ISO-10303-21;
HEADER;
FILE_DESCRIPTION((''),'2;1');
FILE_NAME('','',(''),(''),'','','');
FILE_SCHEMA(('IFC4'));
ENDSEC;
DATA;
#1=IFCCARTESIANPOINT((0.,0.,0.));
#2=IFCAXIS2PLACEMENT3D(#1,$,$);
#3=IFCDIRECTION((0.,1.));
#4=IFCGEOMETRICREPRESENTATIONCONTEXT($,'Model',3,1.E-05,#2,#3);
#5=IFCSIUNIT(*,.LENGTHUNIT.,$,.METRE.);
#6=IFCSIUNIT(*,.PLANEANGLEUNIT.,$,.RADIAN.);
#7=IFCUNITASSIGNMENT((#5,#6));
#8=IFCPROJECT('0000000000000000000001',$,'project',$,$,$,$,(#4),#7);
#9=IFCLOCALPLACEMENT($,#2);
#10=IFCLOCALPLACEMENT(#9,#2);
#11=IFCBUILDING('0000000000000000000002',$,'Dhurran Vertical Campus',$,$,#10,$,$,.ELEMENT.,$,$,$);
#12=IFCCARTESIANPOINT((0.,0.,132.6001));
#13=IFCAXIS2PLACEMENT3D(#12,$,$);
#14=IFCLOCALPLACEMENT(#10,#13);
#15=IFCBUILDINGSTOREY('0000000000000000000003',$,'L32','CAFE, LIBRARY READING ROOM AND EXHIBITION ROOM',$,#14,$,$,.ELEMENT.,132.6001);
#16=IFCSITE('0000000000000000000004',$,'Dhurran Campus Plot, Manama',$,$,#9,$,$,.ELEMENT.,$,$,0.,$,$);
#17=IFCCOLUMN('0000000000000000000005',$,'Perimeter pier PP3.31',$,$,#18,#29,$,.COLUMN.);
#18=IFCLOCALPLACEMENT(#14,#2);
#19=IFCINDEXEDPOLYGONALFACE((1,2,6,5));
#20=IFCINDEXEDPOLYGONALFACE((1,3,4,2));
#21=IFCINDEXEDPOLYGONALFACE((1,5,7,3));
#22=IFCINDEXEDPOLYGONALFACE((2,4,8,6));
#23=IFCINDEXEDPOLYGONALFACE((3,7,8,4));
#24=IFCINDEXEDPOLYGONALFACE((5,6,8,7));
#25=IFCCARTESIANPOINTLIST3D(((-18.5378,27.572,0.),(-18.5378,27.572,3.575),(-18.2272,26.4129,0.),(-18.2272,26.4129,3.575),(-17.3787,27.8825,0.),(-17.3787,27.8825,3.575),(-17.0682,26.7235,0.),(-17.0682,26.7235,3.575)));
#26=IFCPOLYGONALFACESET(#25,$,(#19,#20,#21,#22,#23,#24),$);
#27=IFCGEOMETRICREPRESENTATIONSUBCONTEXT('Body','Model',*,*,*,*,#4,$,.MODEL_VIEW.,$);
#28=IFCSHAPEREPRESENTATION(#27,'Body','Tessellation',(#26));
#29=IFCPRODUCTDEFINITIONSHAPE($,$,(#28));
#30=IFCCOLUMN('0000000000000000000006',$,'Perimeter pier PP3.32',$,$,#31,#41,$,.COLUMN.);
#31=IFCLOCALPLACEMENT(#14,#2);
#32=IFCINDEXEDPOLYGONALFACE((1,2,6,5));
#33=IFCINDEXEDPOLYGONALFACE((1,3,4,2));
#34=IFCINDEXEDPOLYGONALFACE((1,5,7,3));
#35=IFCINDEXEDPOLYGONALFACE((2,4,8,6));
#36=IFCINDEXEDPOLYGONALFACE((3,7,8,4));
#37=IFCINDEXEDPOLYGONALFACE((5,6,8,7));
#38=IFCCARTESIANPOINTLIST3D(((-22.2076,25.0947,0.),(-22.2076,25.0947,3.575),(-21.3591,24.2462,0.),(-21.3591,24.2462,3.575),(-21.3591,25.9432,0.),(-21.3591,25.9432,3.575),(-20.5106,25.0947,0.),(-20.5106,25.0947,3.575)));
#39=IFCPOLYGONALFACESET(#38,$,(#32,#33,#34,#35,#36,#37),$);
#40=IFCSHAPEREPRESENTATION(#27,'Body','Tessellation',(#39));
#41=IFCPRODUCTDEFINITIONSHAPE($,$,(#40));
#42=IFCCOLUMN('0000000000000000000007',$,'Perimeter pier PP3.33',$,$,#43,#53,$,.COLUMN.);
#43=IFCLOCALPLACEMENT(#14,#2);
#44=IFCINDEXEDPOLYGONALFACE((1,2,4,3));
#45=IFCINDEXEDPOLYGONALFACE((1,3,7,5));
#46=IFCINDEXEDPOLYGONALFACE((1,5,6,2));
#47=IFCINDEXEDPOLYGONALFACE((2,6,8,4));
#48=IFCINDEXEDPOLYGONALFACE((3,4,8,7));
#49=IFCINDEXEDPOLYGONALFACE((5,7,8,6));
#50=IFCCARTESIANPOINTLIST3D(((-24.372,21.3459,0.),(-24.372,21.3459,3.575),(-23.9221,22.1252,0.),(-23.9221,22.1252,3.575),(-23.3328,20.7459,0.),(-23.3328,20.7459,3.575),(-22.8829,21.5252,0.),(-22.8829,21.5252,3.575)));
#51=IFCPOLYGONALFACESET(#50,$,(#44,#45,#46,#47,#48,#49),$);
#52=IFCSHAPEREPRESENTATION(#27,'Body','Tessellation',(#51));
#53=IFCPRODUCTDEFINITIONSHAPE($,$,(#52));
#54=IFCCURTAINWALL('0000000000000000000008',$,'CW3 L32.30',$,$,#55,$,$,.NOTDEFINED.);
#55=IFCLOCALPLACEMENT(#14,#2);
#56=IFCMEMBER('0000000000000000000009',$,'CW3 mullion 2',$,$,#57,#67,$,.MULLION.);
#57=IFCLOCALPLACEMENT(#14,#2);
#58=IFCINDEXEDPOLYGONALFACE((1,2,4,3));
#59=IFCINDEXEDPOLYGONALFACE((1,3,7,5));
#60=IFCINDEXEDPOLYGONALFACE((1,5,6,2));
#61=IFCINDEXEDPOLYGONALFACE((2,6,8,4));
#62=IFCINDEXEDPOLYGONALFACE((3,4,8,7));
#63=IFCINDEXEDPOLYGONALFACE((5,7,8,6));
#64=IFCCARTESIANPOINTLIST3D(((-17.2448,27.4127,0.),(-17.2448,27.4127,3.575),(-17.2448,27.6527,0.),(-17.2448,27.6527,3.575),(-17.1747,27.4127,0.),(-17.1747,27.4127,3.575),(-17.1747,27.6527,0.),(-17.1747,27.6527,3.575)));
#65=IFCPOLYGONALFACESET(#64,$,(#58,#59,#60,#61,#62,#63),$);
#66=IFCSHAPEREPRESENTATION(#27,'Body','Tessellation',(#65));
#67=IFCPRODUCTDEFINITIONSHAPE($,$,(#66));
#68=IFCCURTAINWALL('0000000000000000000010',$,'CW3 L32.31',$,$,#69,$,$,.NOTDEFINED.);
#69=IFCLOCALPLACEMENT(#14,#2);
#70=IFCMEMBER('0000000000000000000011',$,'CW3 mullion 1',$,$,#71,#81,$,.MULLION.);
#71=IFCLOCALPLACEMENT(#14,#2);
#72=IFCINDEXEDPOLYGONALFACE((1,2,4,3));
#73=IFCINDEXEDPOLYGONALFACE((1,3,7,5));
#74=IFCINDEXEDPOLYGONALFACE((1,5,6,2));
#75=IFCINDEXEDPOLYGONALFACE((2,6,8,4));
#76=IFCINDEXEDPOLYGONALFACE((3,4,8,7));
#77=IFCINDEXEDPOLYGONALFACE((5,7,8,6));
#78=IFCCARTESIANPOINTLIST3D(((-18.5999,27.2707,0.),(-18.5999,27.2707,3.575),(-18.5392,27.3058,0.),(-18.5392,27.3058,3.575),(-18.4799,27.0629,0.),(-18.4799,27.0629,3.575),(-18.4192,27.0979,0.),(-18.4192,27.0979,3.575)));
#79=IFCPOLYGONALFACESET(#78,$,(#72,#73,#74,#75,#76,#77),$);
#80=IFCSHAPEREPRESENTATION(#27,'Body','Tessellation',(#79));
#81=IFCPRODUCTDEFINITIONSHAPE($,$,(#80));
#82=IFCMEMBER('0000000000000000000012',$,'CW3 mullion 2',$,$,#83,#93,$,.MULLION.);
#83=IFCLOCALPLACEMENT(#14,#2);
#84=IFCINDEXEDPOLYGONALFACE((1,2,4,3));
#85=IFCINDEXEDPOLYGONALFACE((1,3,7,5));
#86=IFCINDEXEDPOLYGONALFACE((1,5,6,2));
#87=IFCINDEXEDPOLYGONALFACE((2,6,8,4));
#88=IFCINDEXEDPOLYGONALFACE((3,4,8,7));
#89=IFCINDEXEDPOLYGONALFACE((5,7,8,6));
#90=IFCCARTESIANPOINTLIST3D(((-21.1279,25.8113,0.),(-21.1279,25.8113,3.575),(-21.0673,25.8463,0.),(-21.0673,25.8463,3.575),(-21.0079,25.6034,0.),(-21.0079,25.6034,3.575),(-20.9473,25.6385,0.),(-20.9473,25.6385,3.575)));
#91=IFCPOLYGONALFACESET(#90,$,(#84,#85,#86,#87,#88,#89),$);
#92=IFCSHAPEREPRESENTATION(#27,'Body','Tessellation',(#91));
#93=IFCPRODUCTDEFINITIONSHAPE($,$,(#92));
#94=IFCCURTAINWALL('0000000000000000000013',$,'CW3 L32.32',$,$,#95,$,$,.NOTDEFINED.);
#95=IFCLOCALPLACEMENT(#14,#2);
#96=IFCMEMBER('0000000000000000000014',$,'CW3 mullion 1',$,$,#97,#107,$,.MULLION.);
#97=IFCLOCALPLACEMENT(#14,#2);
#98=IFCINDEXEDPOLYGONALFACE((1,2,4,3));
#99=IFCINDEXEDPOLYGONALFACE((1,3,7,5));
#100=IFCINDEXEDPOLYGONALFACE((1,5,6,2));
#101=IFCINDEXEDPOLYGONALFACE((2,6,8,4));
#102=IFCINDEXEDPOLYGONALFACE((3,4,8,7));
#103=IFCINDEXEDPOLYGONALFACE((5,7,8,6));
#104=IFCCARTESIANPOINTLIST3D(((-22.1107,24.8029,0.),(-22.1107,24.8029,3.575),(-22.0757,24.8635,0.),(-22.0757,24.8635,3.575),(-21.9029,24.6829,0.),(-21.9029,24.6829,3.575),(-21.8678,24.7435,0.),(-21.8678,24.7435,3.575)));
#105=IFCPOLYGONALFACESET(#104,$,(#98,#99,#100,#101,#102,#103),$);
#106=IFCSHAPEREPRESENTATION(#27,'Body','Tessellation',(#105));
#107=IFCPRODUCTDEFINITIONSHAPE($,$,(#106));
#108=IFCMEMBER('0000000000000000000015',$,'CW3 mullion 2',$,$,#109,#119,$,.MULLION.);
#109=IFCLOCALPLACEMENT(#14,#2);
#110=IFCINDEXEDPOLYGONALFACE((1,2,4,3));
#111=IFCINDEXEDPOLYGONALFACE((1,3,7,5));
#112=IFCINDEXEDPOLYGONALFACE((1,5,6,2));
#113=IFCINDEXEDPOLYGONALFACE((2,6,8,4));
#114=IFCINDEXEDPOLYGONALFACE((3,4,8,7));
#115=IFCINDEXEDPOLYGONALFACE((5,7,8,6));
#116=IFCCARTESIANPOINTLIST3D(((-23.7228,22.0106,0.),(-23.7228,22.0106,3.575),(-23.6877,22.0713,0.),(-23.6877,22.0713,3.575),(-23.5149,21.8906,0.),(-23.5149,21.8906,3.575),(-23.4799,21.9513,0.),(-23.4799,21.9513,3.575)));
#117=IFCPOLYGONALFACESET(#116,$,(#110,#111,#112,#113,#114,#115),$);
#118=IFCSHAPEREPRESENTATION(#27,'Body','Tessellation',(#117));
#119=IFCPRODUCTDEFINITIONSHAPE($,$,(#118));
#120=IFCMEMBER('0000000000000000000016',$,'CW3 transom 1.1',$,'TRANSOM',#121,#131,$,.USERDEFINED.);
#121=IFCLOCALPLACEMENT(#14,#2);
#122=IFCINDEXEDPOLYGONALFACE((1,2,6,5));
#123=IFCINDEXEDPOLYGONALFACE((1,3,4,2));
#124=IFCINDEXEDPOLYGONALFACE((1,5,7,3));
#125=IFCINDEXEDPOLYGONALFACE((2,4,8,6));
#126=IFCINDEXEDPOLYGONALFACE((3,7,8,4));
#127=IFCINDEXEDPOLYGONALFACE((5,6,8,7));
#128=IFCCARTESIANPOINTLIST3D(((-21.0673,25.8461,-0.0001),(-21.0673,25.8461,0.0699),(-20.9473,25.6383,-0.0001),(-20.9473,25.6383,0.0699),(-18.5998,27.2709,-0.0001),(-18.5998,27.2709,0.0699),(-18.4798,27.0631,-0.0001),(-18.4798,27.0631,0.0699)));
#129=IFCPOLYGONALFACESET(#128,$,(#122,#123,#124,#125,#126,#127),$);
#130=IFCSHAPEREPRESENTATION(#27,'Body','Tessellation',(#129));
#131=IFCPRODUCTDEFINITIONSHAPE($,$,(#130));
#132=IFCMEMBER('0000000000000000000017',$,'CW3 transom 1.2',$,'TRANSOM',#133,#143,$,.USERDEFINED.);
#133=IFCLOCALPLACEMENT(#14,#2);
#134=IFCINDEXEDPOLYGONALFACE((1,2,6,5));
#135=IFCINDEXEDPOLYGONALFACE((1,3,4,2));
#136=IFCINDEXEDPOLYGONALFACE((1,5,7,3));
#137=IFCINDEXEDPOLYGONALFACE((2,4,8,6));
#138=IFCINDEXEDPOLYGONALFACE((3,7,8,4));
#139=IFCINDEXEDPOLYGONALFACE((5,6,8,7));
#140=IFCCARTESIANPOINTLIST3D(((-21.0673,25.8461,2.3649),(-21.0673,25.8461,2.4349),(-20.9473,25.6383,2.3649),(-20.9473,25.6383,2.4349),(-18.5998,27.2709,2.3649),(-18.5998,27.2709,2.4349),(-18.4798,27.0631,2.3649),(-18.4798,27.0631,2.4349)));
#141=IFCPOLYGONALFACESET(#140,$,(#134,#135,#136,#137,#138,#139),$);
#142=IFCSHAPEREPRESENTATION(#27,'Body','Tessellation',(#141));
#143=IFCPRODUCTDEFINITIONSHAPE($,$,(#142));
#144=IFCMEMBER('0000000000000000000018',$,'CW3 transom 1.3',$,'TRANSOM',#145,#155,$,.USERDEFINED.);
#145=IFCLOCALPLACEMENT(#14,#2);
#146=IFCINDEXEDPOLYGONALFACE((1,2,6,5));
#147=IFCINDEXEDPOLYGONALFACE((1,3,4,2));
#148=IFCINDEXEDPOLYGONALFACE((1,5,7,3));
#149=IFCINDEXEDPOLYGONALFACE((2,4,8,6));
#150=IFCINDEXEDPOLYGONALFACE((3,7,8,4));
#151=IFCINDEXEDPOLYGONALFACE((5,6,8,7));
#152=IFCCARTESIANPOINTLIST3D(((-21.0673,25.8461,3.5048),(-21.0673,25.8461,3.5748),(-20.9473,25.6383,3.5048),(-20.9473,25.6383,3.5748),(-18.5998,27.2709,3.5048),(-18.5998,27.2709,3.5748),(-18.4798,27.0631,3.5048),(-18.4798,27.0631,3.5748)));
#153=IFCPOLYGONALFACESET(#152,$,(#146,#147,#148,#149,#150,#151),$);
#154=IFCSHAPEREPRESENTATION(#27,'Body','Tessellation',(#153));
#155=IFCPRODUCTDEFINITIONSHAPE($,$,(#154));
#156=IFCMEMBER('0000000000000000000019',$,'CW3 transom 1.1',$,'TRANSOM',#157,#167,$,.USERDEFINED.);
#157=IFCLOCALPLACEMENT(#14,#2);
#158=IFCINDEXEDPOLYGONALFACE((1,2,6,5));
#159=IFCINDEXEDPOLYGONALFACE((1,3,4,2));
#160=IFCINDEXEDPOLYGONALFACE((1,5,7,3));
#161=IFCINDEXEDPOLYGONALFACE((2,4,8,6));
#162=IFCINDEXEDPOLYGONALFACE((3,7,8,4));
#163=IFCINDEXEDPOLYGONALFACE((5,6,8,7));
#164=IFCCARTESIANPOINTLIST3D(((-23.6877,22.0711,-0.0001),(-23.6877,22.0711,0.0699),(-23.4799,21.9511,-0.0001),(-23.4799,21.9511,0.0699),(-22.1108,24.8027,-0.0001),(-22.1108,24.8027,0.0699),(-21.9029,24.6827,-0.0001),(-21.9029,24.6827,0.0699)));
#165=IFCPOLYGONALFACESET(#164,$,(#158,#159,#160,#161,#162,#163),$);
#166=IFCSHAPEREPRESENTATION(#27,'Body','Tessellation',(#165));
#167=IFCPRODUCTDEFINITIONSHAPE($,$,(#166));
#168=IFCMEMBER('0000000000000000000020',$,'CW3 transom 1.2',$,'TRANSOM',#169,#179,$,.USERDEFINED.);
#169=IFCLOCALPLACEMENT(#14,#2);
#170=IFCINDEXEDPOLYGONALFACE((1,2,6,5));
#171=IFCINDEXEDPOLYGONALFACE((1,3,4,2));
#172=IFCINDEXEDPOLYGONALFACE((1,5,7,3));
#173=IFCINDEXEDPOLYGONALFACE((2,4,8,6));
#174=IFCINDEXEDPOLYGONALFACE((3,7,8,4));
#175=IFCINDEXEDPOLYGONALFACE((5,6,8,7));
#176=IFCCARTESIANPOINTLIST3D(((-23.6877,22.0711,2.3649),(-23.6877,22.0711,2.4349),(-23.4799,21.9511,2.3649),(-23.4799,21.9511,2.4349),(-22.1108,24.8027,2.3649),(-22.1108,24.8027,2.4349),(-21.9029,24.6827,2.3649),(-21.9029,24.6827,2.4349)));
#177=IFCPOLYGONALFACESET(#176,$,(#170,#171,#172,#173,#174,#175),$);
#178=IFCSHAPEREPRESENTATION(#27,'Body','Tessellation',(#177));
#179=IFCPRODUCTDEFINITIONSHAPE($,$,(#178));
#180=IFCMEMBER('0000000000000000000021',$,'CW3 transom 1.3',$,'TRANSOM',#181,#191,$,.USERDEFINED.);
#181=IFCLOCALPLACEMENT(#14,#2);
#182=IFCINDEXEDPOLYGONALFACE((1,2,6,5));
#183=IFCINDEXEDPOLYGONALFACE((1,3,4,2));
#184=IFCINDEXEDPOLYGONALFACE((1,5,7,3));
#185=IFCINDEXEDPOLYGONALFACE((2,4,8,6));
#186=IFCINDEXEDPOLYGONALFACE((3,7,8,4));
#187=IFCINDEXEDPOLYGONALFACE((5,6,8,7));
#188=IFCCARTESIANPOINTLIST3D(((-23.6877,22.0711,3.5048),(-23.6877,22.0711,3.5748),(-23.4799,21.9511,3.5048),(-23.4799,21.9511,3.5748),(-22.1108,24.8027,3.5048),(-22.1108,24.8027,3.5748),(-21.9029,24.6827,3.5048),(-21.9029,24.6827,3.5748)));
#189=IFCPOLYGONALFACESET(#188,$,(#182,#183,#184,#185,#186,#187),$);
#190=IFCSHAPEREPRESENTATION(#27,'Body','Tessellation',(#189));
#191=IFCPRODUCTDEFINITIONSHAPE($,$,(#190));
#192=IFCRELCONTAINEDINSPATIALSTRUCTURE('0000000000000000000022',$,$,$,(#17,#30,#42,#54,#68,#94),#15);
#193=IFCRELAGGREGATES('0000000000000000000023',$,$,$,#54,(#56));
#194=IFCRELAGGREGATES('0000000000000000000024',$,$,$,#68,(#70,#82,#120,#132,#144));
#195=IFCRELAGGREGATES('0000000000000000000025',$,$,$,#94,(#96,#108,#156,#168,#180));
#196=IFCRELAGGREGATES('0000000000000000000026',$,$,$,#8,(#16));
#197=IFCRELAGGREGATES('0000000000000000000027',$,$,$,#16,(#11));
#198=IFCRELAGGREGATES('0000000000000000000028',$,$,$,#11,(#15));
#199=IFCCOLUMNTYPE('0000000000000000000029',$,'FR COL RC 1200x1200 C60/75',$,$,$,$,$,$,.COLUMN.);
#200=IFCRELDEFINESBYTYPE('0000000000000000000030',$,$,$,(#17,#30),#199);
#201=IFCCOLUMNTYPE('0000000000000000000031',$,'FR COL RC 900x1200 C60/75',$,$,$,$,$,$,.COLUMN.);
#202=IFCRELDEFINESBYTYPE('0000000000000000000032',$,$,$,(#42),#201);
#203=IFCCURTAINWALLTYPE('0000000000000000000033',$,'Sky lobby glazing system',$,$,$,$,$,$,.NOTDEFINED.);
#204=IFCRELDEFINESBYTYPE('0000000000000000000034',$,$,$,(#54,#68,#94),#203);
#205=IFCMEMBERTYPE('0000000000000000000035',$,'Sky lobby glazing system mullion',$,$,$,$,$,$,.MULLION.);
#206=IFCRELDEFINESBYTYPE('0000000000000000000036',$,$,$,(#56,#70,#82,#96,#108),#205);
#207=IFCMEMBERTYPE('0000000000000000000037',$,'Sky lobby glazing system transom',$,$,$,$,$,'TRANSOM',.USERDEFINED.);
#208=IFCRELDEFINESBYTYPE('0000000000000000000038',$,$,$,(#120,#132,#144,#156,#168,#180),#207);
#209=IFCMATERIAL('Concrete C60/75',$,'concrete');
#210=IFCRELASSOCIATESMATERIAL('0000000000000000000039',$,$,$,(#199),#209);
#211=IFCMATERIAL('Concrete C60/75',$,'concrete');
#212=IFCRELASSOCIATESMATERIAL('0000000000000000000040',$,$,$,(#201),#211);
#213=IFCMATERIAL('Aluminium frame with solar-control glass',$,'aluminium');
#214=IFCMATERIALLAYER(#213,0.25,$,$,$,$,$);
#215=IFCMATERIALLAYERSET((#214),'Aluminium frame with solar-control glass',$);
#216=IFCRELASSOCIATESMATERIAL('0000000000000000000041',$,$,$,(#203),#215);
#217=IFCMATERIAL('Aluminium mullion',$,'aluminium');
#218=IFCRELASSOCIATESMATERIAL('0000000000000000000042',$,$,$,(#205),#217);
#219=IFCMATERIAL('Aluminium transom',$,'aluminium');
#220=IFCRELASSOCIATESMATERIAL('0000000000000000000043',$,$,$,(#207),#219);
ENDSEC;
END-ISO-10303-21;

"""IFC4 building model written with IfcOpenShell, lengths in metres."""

from ifc_helpers import new_model, si_unit, direction, frame, origin, origin_2d, place, context, subcontext, project, spatial, rectangle, extrude, material, layer, layer_set, material_profile, profile_set, type_object, element, aggregate, save


model = new_model("IFC4")

# Units and contexts
model_context = context("Model", 3, precision=1e-05, world=origin(), true_north=direction((0.0, 1.0)))
body_context = subcontext(model_context, "Body", "Model", "MODEL_VIEW")
ifc_project = project(units=[si_unit("LENGTHUNIT", "METRE"), si_unit("PLANEANGLEUNIT", "RADIAN")], contexts=[model_context])

# Site, building, storey
site_placement = place(None, origin())
site = spatial("IfcSite", under=ifc_project, at=site_placement, Name="Dhurran Campus Plot, Manama", CompositionType="ELEMENT", RefElevation=0.0)
building_placement = place(site_placement, origin())
building = spatial("IfcBuilding", under=site, at=building_placement, Name="Dhurran Vertical Campus", CompositionType="ELEMENT")
storey_placement = place(building_placement, frame((0.0, 0.0, 132.6001)))
storey = spatial("IfcBuildingStorey", under=building, at=storey_placement, Name="L32", Description="CAFE, LIBRARY READING ROOM AND EXHIBITION ROOM", CompositionType="ELEMENT", Elevation=132.6001)

# Columns
ifc_material_1 = material(Name="Concrete C60/75", Category="concrete")
ifc_material_profile_1 = material_profile(ifc_material_1, rectangle(XDim=1.2, YDim=1.2, at=origin_2d()), Name="RC 1200x1200")
ifc_profile_set_1 = profile_set([ifc_material_profile_1], Name="Concrete C60/75")
column_type_1 = type_object("IfcColumnType", Name="FR COL RC 1200x1200 C60/75", PredefinedType="COLUMN", material=ifc_profile_set_1)
for number, where, z_axis, x_axis, name in (
    (1, (-17.803, 27.1477, 0.0), (0.0, 0.0, 1.0), (-0.965926, -0.258819, 0.0), "Perimeter pier PP3.31"),
    (2, (-21.3591, 25.0947, 0.0), (0.0, 0.0, 1.0), (-0.707107, -0.707107, 0.0), "Perimeter pier PP3.32"),
):
    element("IfcColumn", number, at=place(storey_placement, frame(where, z_axis=z_axis, x_axis=x_axis)), inside=storey, type_object=column_type_1, Name=name, PredefinedType="COLUMN", context=body_context, shape_type="SweptSolid", body=[
        extrude(rectangle(XDim=1.2, YDim=1.2, at=origin_2d()), origin(), (0.0, 0.0, 1.0), 3.575),
    ])
ifc_material_2 = material(Name="Concrete C60/75", Category="concrete")
ifc_material_profile_2 = material_profile(ifc_material_2, rectangle(XDim=0.8999, YDim=1.2, at=origin_2d()), Name="RC 900x1200")
ifc_profile_set_2 = profile_set([ifc_material_profile_2], Name="Concrete C60/75")
column_type_2 = type_object("IfcColumnType", Name="FR COL RC 900x1200 C60/75", PredefinedType="COLUMN", material=ifc_profile_set_2)
column_placement = place(storey_placement, frame((-23.6274, 21.4355, 0.0), z_axis=(0.0, 0.0, 1.0), x_axis=(-0.5, -0.866025, 0.0)))
element("IfcColumn", 3, at=column_placement, inside=storey, type_object=column_type_2, Name="Perimeter pier PP3.33", PredefinedType="COLUMN", context=body_context, shape_type="SweptSolid", body=[
    extrude(rectangle(XDim=0.8999, YDim=1.2, at=origin_2d()), origin(), (0.0, 0.0, 1.0), 3.575),
])

# Curtain wall, member
ifc_material_3 = material(Name="Aluminium frame with solar-control glass", Category="aluminium")
ifc_layer_1 = layer(ifc_material_3, 0.25)
ifc_layer_set_1 = layer_set([ifc_layer_1], Name="Aluminium frame with solar-control glass")
curtain_wall_type = type_object("IfcCurtainWallType", Name="Sky lobby glazing system", PredefinedType="NOTDEFINED", material=ifc_layer_set_1)
curtain_wall_1_placement = place(storey_placement, origin())
curtain_wall_1 = element("IfcCurtainWall", 4, at=curtain_wall_1_placement, inside=storey, type_object=curtain_wall_type, Name="CW3 L32.30", PredefinedType="NOTDEFINED")
ifc_material_4 = material(Name="Aluminium mullion", Category="aluminium")
ifc_material_profile_3 = material_profile(ifc_material_4, rectangle(XDim=0.24, YDim=0.0701, at=origin_2d()), Name="Sky lobby glazing system mullion")
ifc_profile_set_3 = profile_set([ifc_material_profile_3], Name="Aluminium mullion")
member_type_1 = type_object("IfcMemberType", Name="Sky lobby glazing system mullion", PredefinedType="MULLION", material=ifc_profile_set_3)
member_1_placement = place(storey_placement, frame((-17.2097, 27.5327, 0.0), z_axis=(0.0, 0.0, 1.0), x_axis=(0.0, -1.0, 0.0)))
member_1 = element("IfcMember", 5, at=member_1_placement, type_object=member_type_1, Name="CW3 mullion 2", PredefinedType="MULLION", context=body_context, shape_type="SweptSolid", body=[
    extrude(rectangle(XDim=0.24, YDim=0.0701, at=origin_2d()), origin(), (0.0, 0.0, 1.0), 3.575),
])
aggregate(curtain_wall_1, [member_1])

# Curtain walls, members
curtain_wall_2_placement = place(storey_placement, origin())
curtain_wall_2 = element("IfcCurtainWall", 6, at=curtain_wall_2_placement, inside=storey, type_object=curtain_wall_type, Name="CW3 L32.31", PredefinedType="NOTDEFINED")
member_2_placement = place(storey_placement, frame((-18.5095, 27.1843, 0.0), z_axis=(0.0, 0.0, 1.0), x_axis=(0.500003, -0.866023, 0.0)))
member_2 = element("IfcMember", 7, at=member_2_placement, type_object=member_type_1, Name="CW3 mullion 1", PredefinedType="MULLION", context=body_context, shape_type="SweptSolid", body=[
    extrude(rectangle(XDim=0.24, YDim=0.0701, at=origin_2d()), origin(), (0.0, 0.0, 1.0), 3.575),
])
member_3_placement = place(storey_placement, frame((-21.0376, 25.7249, 0.0), z_axis=(0.0, 0.0, 1.0), x_axis=(0.500003, -0.866023, 0.0)))
member_3 = element("IfcMember", 8, at=member_3_placement, type_object=member_type_1, Name="CW3 mullion 2", PredefinedType="MULLION", context=body_context, shape_type="SweptSolid", body=[
    extrude(rectangle(XDim=0.24, YDim=0.0701, at=origin_2d()), origin(), (0.0, 0.0, 1.0), 3.575),
])
curtain_wall_3_placement = place(storey_placement, origin())
curtain_wall_3 = element("IfcCurtainWall", 9, at=curtain_wall_3_placement, inside=storey, type_object=curtain_wall_type, Name="CW3 L32.32", PredefinedType="NOTDEFINED")
member_4_placement = place(storey_placement, frame((-21.9893, 24.7732, 0.0), z_axis=(0.0, 0.0, 1.0), x_axis=(0.866026, -0.499998, 0.0)))
member_4 = element("IfcMember", 10, at=member_4_placement, type_object=member_type_1, Name="CW3 mullion 1", PredefinedType="MULLION", context=body_context, shape_type="SweptSolid", body=[
    extrude(rectangle(XDim=0.24, YDim=0.0701, at=origin_2d()), origin(), (0.0, 0.0, 1.0), 3.575),
])
member_5_placement = place(storey_placement, frame((-23.6013, 21.981, 0.0), z_axis=(0.0, 0.0, 1.0), x_axis=(0.866026, -0.499998, 0.0)))
member_5 = element("IfcMember", 11, at=member_5_placement, type_object=member_type_1, Name="CW3 mullion 2", PredefinedType="MULLION", context=body_context, shape_type="SweptSolid", body=[
    extrude(rectangle(XDim=0.24, YDim=0.0701, at=origin_2d()), origin(), (0.0, 0.0, 1.0), 3.575),
])

# Members
ifc_material_5 = material(Name="Aluminium transom", Category="aluminium")
ifc_material_profile_4 = material_profile(ifc_material_5, rectangle(XDim=0.24, YDim=0.0701, at=origin_2d()), Name="Sky lobby glazing system transom")
ifc_profile_set_4 = profile_set([ifc_material_profile_4], Name="Aluminium transom")
member_type_2 = type_object("IfcMemberType", Name="Sky lobby glazing system transom", ElementType="TRANSOM", PredefinedType="USERDEFINED", material=ifc_profile_set_4)
member_6_placement = place(storey_placement, frame((-18.5398, 27.167, 0.0349), z_axis=(-0.865999, -0.500046, 0.0), x_axis=(0.500046, -0.865999, 0.0)))
member_6 = element("IfcMember", 12, at=member_6_placement, type_object=member_type_2, Name="CW3 transom 1.1", ObjectType="TRANSOM", PredefinedType="USERDEFINED", context=body_context, shape_type="SweptSolid", body=[
    extrude(rectangle(XDim=0.24, YDim=0.0701, at=origin_2d()), origin(), (0.0, 0.0, 1.0), 2.8494),
])
member_7_placement = place(storey_placement, frame((-18.5398, 27.167, 2.3999), z_axis=(-0.865999, -0.500046, 0.0), x_axis=(0.500046, -0.865999, 0.0)))
member_7 = element("IfcMember", 13, at=member_7_placement, type_object=member_type_2, Name="CW3 transom 1.2", ObjectType="TRANSOM", PredefinedType="USERDEFINED", context=body_context, shape_type="SweptSolid", body=[
    extrude(rectangle(XDim=0.24, YDim=0.0701, at=origin_2d()), origin(), (0.0, 0.0, 1.0), 2.8494),
])
member_8_placement = place(storey_placement, frame((-18.5398, 27.167, 3.5398), z_axis=(-0.865999, -0.500046, 0.0), x_axis=(0.500046, -0.865999, 0.0)))
member_8 = element("IfcMember", 14, at=member_8_placement, type_object=member_type_2, Name="CW3 transom 1.3", ObjectType="TRANSOM", PredefinedType="USERDEFINED", context=body_context, shape_type="SweptSolid", body=[
    extrude(rectangle(XDim=0.24, YDim=0.0701, at=origin_2d()), origin(), (0.0, 0.0, 1.0), 2.8494),
])
member_9_placement = place(storey_placement, frame((-22.0068, 24.7427, 0.0349), z_axis=(-0.499977, -0.866039, 0.0), x_axis=(0.866039, -0.499977, 0.0)))
member_9 = element("IfcMember", 15, at=member_9_placement, type_object=member_type_2, Name="CW3 transom 1.1", ObjectType="TRANSOM", PredefinedType="USERDEFINED", context=body_context, shape_type="SweptSolid", body=[
    extrude(rectangle(XDim=0.24, YDim=0.0701, at=origin_2d()), origin(), (0.0, 0.0, 1.0), 3.1541),
])
member_10_placement = place(storey_placement, frame((-22.0068, 24.7427, 2.3999), z_axis=(-0.499977, -0.866039, 0.0), x_axis=(0.866039, -0.499977, 0.0)))
member_10 = element("IfcMember", 16, at=member_10_placement, type_object=member_type_2, Name="CW3 transom 1.2", ObjectType="TRANSOM", PredefinedType="USERDEFINED", context=body_context, shape_type="SweptSolid", body=[
    extrude(rectangle(XDim=0.24, YDim=0.0701, at=origin_2d()), origin(), (0.0, 0.0, 1.0), 3.1541),
])
member_11_placement = place(storey_placement, frame((-22.0068, 24.7427, 3.5398), z_axis=(-0.499977, -0.866039, 0.0), x_axis=(0.866039, -0.499977, 0.0)))
member_11 = element("IfcMember", 17, at=member_11_placement, type_object=member_type_2, Name="CW3 transom 1.3", ObjectType="TRANSOM", PredefinedType="USERDEFINED", context=body_context, shape_type="SweptSolid", body=[
    extrude(rectangle(XDim=0.24, YDim=0.0701, at=origin_2d()), origin(), (0.0, 0.0, 1.0), 3.1541),
])

aggregate(curtain_wall_2, [member_2, member_3, member_6, member_7, member_8])
aggregate(curtain_wall_3, [member_4, member_5, member_9, member_10, member_11])

save(model, "model.ifc")
